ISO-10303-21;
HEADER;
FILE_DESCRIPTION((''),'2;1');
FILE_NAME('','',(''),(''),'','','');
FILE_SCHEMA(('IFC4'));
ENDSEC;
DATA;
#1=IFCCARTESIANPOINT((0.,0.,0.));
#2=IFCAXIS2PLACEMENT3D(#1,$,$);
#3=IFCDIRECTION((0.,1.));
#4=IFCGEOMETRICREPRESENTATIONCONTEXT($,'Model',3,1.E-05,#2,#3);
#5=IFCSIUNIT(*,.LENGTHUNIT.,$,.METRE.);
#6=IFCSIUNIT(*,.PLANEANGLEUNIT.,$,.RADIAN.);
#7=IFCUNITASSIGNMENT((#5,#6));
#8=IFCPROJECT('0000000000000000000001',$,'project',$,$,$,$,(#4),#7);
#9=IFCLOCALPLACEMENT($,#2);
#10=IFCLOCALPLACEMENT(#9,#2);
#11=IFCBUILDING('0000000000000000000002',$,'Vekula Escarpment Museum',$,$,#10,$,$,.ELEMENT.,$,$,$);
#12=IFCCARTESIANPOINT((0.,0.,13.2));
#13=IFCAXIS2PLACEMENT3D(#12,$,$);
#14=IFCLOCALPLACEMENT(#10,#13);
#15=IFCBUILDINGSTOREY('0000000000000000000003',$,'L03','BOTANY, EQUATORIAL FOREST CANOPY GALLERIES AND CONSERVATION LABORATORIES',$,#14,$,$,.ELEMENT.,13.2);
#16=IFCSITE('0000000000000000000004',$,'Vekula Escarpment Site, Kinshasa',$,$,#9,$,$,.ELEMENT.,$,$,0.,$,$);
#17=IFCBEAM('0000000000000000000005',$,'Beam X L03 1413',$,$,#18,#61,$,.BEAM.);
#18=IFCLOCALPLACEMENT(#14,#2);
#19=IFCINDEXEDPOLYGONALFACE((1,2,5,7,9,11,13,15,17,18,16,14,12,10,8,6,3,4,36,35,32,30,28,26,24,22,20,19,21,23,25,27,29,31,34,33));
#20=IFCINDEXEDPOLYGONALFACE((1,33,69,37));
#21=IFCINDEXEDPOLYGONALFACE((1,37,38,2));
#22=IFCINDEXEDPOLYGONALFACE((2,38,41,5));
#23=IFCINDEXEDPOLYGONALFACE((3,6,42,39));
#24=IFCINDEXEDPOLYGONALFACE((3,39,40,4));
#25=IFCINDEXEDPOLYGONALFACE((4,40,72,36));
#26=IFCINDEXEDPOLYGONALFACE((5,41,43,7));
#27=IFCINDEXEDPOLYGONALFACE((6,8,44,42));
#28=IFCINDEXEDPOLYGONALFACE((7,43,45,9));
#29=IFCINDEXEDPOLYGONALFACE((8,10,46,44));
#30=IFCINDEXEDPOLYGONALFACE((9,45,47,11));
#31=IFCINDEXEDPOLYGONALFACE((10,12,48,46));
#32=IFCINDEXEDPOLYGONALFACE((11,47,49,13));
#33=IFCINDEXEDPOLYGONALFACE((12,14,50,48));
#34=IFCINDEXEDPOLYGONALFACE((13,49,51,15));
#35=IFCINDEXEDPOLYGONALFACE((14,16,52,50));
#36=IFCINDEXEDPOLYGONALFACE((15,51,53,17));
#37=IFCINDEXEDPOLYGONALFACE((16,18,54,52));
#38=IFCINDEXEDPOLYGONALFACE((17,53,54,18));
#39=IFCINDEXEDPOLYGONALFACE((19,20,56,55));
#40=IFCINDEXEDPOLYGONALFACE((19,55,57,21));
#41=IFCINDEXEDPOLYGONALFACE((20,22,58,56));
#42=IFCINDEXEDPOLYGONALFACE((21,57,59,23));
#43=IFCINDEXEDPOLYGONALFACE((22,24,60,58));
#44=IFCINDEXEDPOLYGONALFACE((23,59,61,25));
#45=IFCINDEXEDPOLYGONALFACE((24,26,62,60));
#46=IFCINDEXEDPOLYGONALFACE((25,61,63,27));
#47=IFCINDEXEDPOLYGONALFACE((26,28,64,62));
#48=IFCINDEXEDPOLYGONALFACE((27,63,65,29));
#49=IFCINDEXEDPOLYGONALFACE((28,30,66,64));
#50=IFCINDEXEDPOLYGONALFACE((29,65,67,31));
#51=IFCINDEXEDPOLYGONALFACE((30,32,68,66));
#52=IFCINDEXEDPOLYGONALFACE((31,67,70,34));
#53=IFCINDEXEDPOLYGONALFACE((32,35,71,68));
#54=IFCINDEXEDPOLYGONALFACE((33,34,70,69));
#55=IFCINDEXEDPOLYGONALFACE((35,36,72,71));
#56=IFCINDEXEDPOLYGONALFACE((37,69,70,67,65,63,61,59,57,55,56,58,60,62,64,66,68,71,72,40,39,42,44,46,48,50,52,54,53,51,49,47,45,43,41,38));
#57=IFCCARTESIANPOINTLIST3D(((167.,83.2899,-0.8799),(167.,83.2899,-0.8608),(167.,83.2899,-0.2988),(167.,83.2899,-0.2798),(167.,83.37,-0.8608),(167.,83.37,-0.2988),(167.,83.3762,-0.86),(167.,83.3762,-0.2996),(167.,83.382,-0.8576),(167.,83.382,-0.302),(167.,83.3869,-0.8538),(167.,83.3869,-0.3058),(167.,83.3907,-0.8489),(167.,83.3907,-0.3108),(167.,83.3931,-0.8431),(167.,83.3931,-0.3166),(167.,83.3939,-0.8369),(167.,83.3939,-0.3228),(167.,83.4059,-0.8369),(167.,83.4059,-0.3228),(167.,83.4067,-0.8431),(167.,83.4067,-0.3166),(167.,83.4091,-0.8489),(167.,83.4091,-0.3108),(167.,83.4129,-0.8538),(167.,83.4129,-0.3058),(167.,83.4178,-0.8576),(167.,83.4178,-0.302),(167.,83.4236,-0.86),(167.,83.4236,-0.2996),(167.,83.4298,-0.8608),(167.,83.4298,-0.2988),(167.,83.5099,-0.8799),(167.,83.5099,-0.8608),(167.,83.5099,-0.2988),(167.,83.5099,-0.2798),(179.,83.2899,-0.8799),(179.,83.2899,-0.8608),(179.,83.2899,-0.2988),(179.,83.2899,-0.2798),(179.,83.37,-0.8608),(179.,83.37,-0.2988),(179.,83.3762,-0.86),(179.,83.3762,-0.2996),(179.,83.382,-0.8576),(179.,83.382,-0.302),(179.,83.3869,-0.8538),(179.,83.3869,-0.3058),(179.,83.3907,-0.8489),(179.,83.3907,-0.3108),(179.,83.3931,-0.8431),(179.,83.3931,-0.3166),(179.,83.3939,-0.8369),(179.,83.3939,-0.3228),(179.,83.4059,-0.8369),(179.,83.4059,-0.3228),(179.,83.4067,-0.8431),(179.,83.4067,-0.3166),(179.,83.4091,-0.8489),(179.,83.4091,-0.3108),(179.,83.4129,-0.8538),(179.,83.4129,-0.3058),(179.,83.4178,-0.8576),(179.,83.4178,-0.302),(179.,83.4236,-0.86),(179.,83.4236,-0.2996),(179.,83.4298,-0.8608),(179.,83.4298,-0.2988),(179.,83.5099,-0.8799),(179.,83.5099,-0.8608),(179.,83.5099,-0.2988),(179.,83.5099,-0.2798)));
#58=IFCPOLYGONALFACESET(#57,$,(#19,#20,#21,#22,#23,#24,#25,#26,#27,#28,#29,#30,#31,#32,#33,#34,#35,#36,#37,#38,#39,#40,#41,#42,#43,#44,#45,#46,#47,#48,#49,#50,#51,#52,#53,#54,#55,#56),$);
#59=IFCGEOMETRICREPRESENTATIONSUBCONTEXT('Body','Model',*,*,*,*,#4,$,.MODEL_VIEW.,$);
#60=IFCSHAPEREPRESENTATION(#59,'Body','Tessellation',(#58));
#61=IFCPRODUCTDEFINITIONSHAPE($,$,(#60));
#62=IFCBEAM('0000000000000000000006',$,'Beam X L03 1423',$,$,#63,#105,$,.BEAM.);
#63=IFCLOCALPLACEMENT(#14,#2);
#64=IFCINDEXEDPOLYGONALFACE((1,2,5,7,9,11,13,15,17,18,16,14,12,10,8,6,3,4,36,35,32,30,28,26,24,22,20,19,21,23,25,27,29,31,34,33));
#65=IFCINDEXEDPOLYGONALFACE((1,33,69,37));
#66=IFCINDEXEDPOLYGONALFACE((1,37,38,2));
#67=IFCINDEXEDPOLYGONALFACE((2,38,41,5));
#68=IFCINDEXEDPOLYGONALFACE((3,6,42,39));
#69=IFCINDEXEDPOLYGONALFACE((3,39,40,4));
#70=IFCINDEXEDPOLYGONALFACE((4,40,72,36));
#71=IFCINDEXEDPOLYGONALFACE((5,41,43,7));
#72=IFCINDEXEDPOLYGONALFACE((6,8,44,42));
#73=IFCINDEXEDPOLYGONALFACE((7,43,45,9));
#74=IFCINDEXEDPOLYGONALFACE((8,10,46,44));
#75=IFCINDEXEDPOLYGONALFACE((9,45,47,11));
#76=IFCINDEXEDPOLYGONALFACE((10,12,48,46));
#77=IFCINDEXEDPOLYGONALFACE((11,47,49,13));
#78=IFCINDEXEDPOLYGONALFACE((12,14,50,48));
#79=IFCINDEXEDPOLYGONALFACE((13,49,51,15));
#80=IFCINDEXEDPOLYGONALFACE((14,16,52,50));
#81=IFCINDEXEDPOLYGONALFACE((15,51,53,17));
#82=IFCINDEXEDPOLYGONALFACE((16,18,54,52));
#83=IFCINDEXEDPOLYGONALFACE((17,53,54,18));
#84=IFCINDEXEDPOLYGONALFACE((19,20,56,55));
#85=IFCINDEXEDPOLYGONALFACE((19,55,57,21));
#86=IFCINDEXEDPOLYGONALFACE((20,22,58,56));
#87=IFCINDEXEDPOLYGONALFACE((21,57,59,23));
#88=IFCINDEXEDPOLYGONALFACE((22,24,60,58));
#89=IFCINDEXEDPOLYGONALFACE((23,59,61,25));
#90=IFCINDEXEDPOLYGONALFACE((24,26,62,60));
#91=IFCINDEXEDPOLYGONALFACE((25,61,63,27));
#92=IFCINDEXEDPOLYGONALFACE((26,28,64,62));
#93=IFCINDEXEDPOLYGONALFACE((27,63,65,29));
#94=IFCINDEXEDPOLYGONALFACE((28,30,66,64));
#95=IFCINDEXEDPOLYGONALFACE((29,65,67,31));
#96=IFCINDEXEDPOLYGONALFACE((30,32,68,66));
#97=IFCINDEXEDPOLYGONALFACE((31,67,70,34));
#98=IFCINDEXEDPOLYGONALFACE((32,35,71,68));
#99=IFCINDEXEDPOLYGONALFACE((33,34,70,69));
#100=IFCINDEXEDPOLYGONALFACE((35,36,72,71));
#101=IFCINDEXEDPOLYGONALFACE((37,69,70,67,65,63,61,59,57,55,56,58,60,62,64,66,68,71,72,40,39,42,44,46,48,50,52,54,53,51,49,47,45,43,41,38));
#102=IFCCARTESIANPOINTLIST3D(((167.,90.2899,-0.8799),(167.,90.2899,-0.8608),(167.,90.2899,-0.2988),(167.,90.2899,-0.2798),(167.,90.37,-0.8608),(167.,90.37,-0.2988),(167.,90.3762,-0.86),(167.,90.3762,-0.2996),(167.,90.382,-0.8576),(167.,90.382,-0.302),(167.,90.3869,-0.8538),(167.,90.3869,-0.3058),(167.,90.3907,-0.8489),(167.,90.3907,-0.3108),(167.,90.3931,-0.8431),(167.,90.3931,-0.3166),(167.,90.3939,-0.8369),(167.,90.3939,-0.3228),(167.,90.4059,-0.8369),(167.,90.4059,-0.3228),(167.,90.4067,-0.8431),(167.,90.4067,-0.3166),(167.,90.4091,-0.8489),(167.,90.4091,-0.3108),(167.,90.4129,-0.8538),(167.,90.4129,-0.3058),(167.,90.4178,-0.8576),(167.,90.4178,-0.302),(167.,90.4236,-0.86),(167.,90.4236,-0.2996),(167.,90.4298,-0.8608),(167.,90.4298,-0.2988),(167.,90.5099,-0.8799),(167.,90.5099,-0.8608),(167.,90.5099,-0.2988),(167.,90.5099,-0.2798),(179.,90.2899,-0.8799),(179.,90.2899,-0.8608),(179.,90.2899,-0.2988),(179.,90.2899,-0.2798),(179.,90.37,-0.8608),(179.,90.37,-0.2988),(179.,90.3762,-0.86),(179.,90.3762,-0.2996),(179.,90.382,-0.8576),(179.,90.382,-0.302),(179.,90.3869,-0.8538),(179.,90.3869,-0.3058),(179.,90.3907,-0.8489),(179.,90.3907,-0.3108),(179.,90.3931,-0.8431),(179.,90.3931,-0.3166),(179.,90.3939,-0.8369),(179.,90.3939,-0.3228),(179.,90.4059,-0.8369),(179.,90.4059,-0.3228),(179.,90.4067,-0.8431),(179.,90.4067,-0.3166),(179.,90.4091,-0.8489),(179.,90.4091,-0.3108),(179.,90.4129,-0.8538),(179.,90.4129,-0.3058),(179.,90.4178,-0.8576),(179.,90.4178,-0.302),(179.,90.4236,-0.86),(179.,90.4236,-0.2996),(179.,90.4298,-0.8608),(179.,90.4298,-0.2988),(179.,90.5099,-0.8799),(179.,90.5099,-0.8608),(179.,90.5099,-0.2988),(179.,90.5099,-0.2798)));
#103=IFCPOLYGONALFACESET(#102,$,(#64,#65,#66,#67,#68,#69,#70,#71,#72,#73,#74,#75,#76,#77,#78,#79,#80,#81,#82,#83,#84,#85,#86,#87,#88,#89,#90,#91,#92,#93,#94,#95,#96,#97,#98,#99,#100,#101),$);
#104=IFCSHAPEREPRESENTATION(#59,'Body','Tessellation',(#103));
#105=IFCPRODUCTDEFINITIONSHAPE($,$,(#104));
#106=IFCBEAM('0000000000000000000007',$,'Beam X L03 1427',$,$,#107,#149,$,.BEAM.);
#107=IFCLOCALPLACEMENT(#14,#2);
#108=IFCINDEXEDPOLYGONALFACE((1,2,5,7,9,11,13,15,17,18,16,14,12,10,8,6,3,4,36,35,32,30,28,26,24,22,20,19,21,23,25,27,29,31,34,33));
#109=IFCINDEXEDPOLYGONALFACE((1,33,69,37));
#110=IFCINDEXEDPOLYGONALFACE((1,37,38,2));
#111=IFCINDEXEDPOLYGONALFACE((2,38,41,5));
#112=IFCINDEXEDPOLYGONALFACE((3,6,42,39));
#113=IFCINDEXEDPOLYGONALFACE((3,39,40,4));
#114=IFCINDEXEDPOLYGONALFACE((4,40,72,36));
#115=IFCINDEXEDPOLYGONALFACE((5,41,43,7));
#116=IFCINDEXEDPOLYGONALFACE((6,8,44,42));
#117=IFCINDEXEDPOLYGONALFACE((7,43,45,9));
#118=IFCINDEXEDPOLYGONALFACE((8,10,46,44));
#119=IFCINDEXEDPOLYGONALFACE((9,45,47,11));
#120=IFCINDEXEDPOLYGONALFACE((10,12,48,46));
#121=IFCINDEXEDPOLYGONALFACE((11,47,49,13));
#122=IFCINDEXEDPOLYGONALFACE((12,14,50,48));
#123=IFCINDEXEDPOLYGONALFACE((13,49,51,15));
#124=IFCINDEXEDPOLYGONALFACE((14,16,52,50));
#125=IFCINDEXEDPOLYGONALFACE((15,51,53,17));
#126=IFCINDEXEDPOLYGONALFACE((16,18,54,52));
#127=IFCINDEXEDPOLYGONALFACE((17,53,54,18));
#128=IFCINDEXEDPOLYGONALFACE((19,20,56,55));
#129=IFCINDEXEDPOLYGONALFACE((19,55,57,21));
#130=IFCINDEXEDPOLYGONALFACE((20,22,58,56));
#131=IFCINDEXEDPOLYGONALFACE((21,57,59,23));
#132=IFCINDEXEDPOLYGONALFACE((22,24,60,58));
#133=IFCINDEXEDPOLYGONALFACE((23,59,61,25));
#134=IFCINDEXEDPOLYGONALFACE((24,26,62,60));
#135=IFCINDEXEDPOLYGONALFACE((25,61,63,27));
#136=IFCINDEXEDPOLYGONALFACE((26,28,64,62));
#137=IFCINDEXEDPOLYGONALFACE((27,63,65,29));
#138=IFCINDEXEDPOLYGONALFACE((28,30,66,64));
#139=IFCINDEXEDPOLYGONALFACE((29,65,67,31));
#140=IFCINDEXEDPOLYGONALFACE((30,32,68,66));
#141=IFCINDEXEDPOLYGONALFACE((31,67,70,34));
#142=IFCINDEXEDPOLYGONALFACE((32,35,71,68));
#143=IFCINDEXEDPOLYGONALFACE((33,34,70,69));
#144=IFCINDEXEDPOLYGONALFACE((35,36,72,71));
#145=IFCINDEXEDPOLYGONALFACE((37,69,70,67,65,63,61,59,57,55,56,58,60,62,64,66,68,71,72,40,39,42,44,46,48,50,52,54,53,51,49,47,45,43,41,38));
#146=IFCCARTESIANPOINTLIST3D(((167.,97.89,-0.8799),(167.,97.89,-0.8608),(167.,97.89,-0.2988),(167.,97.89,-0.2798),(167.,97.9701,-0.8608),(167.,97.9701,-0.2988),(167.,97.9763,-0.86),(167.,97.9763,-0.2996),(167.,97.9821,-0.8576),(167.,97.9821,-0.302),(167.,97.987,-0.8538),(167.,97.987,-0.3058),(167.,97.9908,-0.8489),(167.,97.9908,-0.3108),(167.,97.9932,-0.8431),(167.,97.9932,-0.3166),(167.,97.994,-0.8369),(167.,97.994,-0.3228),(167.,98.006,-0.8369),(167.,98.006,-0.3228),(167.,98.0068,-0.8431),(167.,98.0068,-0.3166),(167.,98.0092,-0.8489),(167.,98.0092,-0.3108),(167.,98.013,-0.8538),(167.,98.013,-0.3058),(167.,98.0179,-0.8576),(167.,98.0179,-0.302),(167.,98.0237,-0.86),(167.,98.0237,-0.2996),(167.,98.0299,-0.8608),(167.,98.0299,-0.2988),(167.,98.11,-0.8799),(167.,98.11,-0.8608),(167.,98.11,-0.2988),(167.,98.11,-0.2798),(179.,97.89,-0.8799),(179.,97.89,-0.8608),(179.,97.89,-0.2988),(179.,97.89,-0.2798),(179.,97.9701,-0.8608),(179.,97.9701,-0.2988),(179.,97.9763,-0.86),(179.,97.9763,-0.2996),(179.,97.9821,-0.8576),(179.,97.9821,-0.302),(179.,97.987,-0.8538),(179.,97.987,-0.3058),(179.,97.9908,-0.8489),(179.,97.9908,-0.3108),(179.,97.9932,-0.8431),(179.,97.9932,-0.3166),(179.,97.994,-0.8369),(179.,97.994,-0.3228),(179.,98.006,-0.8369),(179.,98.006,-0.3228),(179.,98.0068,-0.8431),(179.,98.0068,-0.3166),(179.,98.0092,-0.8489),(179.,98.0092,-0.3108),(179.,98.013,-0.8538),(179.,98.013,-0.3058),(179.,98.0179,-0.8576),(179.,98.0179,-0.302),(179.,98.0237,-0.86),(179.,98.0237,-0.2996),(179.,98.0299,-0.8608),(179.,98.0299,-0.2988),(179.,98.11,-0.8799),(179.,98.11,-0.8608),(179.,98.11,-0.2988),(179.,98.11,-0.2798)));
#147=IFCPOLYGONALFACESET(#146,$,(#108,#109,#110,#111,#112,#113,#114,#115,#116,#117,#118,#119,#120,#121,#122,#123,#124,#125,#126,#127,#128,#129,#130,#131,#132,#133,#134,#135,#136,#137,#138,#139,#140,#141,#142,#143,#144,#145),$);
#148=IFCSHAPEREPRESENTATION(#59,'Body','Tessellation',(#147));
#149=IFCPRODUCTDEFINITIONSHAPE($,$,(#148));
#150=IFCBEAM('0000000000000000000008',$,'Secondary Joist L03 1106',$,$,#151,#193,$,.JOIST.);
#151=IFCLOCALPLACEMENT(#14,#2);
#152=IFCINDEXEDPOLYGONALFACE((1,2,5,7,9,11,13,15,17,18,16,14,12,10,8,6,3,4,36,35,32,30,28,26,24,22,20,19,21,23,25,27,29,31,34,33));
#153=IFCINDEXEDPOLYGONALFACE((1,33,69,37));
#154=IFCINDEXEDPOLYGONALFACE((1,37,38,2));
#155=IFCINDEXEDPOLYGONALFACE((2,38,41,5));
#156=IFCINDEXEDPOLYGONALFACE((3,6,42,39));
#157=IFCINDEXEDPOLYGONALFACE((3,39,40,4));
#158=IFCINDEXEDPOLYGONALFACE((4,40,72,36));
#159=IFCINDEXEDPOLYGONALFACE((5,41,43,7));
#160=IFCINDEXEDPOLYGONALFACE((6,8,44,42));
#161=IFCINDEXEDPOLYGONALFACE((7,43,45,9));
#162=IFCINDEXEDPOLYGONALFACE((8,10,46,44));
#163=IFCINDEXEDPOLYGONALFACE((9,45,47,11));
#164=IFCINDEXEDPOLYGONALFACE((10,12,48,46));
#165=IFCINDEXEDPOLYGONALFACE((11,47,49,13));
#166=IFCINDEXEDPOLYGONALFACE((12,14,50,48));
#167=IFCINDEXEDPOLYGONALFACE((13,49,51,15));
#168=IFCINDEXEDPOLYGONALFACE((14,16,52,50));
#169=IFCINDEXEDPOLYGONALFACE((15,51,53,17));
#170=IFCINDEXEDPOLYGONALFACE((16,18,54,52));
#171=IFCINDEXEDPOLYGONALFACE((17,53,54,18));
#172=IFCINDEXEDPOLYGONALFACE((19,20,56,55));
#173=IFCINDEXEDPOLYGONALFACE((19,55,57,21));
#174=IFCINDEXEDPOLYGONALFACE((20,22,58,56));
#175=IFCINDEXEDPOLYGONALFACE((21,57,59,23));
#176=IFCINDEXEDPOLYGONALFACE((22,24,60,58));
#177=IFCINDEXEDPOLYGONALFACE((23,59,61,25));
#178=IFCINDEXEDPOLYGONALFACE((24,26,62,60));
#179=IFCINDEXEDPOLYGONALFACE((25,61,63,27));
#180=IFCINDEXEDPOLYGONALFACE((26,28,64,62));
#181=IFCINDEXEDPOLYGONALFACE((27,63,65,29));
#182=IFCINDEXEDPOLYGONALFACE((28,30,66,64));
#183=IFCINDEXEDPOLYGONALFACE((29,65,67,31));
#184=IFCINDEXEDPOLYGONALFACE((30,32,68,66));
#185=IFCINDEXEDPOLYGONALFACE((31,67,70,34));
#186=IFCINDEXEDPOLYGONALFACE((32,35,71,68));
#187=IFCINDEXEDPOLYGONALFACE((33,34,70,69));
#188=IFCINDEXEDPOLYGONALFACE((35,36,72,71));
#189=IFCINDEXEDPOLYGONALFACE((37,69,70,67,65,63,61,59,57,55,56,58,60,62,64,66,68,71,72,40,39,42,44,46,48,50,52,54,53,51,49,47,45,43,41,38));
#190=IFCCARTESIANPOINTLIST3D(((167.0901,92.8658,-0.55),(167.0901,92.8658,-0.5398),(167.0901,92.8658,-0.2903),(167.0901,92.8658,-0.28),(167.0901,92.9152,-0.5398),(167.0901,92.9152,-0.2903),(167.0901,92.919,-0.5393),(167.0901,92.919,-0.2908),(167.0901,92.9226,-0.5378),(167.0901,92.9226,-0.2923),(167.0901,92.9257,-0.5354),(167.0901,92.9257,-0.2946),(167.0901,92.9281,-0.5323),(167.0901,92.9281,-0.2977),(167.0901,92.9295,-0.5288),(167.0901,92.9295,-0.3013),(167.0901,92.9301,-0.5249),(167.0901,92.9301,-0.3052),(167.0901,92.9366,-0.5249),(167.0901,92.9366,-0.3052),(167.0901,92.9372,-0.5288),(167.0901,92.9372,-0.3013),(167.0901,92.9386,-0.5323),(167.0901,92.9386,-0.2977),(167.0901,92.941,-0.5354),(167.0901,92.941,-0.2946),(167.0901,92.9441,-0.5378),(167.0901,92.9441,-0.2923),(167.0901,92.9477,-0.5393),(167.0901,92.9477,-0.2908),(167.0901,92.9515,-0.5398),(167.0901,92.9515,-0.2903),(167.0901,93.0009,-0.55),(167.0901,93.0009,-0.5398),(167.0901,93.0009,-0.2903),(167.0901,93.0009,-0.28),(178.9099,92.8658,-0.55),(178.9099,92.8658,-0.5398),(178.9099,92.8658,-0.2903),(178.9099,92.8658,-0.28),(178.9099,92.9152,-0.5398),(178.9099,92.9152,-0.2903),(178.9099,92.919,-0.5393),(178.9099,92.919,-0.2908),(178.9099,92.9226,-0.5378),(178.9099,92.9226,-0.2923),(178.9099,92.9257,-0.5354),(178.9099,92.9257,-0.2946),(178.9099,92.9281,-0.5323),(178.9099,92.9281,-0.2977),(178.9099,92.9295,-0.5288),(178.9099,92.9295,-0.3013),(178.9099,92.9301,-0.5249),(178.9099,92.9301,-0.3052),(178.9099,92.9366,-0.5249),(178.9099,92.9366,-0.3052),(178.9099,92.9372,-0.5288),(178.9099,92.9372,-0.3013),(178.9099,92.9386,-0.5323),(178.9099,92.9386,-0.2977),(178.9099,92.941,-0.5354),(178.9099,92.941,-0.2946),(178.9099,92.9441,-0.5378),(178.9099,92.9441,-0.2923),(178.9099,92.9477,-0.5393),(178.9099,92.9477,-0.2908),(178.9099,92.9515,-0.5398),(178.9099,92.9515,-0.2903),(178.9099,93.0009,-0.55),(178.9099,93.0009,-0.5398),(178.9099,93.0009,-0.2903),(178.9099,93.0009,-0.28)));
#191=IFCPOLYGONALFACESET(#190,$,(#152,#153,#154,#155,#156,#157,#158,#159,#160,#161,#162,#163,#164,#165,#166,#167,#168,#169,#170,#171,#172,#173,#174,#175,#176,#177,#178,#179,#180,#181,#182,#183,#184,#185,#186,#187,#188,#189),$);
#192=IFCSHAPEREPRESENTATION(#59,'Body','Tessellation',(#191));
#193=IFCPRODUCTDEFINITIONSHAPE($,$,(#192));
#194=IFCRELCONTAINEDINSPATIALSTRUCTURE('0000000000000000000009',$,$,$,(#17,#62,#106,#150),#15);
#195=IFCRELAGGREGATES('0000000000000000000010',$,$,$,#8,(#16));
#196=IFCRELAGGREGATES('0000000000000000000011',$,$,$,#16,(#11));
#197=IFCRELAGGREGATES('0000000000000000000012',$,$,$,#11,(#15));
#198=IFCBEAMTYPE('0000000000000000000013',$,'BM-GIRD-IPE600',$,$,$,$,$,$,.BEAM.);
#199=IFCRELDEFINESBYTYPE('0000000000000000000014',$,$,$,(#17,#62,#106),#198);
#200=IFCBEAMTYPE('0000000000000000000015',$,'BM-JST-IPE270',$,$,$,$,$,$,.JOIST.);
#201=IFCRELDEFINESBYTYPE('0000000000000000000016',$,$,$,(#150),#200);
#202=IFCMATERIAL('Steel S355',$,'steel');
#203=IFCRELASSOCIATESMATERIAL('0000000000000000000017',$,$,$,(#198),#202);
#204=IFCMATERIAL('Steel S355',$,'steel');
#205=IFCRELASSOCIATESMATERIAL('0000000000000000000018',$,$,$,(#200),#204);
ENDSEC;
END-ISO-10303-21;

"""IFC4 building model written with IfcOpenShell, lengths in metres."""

from ifc_helpers import new_model, si_unit, direction, frame, origin, origin_2d, place, context, subcontext, project, spatial, i_section, extrude, material, material_profile, profile_set, type_object, element, save


model = new_model("IFC4")

# Units and contexts
model_context = context("Model", 3, precision=1e-05, world=origin(), true_north=direction((0.0, 1.0)))
body_context = subcontext(model_context, "Body", "Model", "MODEL_VIEW")
ifc_project = project(units=[si_unit("LENGTHUNIT", "METRE"), si_unit("PLANEANGLEUNIT", "RADIAN")], contexts=[model_context])

# Site, building, storey
site_placement = place(None, origin())
site = spatial("IfcSite", under=ifc_project, at=site_placement, Name="Vekula Escarpment Site, Kinshasa", CompositionType="ELEMENT", RefElevation=0.0)
building_placement = place(site_placement, origin())
building = spatial("IfcBuilding", under=site, at=building_placement, Name="Vekula Escarpment Museum", CompositionType="ELEMENT")
storey_placement = place(building_placement, frame((0.0, 0.0, 13.2)))
storey = spatial("IfcBuildingStorey", under=building, at=storey_placement, Name="L03", Description="BOTANY, EQUATORIAL FOREST CANOPY GALLERIES AND CONSERVATION LABORATORIES", CompositionType="ELEMENT", Elevation=13.2)

# Beams
ifc_material_1 = material(Name="Steel S355", Category="steel")
ifc_material_profile_1 = material_profile(ifc_material_1, i_section(OverallWidth=0.22, OverallDepth=0.6001, WebThickness=0.012, FlangeThickness=0.019, FilletRadius=0.0239, at=origin_2d()), Name="IPE 600")
ifc_profile_set_1 = profile_set([ifc_material_profile_1], Name="Steel S355")
beam_type_1 = type_object("IfcBeamType", Name="BM-GIRD-IPE600", PredefinedType="BEAM", material=ifc_profile_set_1)
for number, where, z_axis, x_axis, name in (
    (1, (167.0, 83.3999, -0.5798), (1.0, 0.0, 0.0), (0.0, 1.0, 0.0), "Beam X L03 1413"),
    (2, (167.0, 90.3999, -0.5798), (1.0, 0.0, 0.0), (0.0, 1.0, 0.0), "Beam X L03 1423"),
    (3, (167.0, 98.0, -0.5798), (1.0, 0.0, 0.0), (0.0, 1.0, 0.0), "Beam X L03 1427"),
):
    element("IfcBeam", number, at=place(storey_placement, frame(where, z_axis=z_axis, x_axis=x_axis)), inside=storey, type_object=beam_type_1, Name=name, PredefinedType="BEAM", context=body_context, shape_type="SweptSolid", body=[
        extrude(i_section(OverallWidth=0.22, OverallDepth=0.6001, WebThickness=0.012, FlangeThickness=0.019, FilletRadius=0.0239, at=origin_2d()), origin(), (0.0, 0.0, 1.0), 12.0),
    ])
ifc_material_2 = material(Name="Steel S355", Category="steel")
ifc_material_profile_2 = material_profile(ifc_material_2, i_section(OverallWidth=0.135, OverallDepth=0.27, WebThickness=0.0066, FlangeThickness=0.0103, FilletRadius=0.0149, at=origin_2d()), Name="IPE 270")
ifc_profile_set_2 = profile_set([ifc_material_profile_2], Name="Steel S355")
beam_type_2 = type_object("IfcBeamType", Name="BM-JST-IPE270", PredefinedType="JOIST", material=ifc_profile_set_2)
for number, where, z_axis, x_axis, name in (
    (4, (167.0901, 92.9333, -0.415), (1.0, 0.0, 0.0), (0.0, 1.0, 0.0), "Secondary Joist L03 1106"),
):
    element("IfcBeam", number, at=place(storey_placement, frame(where, z_axis=z_axis, x_axis=x_axis)), inside=storey, type_object=beam_type_2, Name=name, PredefinedType="JOIST", context=body_context, shape_type="SweptSolid", body=[
        extrude(i_section(OverallWidth=0.135, OverallDepth=0.27, WebThickness=0.0066, FlangeThickness=0.0103, FilletRadius=0.0149, at=origin_2d()), origin(), (0.0, 0.0, 1.0), 11.8198),
    ])

save(model, "model.ifc")
